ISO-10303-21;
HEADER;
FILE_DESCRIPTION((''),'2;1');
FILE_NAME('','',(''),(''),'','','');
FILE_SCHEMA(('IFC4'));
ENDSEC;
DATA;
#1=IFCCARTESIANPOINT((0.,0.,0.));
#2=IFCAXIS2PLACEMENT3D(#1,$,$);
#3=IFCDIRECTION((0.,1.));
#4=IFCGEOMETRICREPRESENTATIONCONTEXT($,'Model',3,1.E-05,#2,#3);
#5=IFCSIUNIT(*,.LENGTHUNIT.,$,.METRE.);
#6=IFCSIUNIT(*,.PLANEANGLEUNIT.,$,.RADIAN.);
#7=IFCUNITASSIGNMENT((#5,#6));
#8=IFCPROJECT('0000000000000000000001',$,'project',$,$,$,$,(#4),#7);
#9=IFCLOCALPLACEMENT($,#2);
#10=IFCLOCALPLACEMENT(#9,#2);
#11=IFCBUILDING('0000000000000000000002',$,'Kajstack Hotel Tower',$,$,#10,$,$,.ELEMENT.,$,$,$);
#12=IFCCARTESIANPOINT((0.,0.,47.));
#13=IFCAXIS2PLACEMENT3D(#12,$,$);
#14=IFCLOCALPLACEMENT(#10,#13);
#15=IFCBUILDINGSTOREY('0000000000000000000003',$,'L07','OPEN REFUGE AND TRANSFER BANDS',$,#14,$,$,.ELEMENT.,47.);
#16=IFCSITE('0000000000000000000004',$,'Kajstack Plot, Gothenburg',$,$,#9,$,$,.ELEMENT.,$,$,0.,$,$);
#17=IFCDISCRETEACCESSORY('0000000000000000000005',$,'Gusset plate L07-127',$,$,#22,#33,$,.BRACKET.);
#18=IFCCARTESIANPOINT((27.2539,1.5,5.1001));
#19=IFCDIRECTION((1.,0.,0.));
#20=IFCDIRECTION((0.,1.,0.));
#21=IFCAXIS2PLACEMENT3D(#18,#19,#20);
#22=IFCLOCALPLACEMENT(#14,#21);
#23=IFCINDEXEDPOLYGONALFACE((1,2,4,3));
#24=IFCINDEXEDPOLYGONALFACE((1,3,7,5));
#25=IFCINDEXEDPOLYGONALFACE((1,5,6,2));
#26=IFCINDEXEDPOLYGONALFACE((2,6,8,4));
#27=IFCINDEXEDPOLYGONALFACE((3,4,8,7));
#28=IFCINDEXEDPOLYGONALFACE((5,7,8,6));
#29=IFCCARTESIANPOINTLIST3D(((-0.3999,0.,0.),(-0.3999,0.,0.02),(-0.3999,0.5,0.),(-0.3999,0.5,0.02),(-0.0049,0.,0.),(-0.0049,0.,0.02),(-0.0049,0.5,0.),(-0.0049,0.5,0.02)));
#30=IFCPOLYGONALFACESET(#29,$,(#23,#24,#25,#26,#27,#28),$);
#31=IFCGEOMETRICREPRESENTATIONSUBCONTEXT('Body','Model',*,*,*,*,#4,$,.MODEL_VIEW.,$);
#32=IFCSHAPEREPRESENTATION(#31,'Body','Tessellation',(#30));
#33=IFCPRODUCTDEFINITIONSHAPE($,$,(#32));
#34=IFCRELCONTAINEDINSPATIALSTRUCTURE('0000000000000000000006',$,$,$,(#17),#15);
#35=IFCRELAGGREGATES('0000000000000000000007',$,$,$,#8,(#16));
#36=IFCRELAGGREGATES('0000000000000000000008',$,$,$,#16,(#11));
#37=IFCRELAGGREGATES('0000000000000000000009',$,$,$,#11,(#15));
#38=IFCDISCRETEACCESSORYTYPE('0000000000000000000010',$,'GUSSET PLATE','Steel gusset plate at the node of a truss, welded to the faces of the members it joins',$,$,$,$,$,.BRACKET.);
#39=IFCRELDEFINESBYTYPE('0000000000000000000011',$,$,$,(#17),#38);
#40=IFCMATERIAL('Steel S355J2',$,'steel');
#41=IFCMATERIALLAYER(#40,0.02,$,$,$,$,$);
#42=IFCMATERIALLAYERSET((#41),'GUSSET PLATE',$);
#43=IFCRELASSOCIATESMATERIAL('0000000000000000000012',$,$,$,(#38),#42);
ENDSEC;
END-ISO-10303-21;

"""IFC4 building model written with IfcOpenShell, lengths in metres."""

from ifc_helpers import new_model, si_unit, direction, frame, origin, place, context, subcontext, project, spatial, polyline, outline, extrude, material, layer, layer_set, type_object, element, save


model = new_model("IFC4")

# Units and contexts
model_context = context("Model", 3, precision=1e-05, world=origin(), true_north=direction((0.0, 1.0)))
body_context = subcontext(model_context, "Body", "Model", "MODEL_VIEW")
ifc_project = project(units=[si_unit("LENGTHUNIT", "METRE"), si_unit("PLANEANGLEUNIT", "RADIAN")], contexts=[model_context])

# Site, building, storey
site_placement = place(None, origin())
site = spatial("IfcSite", under=ifc_project, at=site_placement, Name="Kajstack Plot, Gothenburg", CompositionType="ELEMENT", RefElevation=0.0)
building_placement = place(site_placement, origin())
building = spatial("IfcBuilding", under=site, at=building_placement, Name="Kajstack Hotel Tower", CompositionType="ELEMENT")
storey_placement = place(building_placement, frame((0.0, 0.0, 47.0)))
storey = spatial("IfcBuildingStorey", under=building, at=storey_placement, Name="L07", Description="OPEN REFUGE AND TRANSFER BANDS", CompositionType="ELEMENT", Elevation=47.0)

# Shared definitions
ifc_material_1 = material(Name="Steel S355J2", Category="steel")

# Discrete accessory
ifc_layer_1 = layer(ifc_material_1, 0.02)
ifc_layer_set_1 = layer_set([ifc_layer_1], Name="GUSSET PLATE")
discrete_accessory_type = type_object("IfcDiscreteAccessoryType", Name="GUSSET PLATE", Description="Steel gusset plate at the node of a truss, welded to the faces of the members it joins", PredefinedType="BRACKET", material=ifc_layer_set_1)
discrete_accessory_placement = place(storey_placement, frame((27.2539, 1.5, 5.1001), z_axis=(1.0, 0.0, 0.0), x_axis=(0.0, 1.0, 0.0)))
element("IfcDiscreteAccessory", 1, at=discrete_accessory_placement, inside=storey, type_object=discrete_accessory_type, Name="Gusset plate L07-127", PredefinedType="BRACKET", context=body_context, shape_type="SweptSolid", body=[
    extrude(outline(polyline([(-0.3999, 0.0), (-0.0049, 0.0), (-0.0049, 0.5), (-0.3999, 0.5), (-0.3999, 0.0)])), origin(), (0.0, 0.0, 1.0), 0.02),
])

save(model, "model.ifc")
